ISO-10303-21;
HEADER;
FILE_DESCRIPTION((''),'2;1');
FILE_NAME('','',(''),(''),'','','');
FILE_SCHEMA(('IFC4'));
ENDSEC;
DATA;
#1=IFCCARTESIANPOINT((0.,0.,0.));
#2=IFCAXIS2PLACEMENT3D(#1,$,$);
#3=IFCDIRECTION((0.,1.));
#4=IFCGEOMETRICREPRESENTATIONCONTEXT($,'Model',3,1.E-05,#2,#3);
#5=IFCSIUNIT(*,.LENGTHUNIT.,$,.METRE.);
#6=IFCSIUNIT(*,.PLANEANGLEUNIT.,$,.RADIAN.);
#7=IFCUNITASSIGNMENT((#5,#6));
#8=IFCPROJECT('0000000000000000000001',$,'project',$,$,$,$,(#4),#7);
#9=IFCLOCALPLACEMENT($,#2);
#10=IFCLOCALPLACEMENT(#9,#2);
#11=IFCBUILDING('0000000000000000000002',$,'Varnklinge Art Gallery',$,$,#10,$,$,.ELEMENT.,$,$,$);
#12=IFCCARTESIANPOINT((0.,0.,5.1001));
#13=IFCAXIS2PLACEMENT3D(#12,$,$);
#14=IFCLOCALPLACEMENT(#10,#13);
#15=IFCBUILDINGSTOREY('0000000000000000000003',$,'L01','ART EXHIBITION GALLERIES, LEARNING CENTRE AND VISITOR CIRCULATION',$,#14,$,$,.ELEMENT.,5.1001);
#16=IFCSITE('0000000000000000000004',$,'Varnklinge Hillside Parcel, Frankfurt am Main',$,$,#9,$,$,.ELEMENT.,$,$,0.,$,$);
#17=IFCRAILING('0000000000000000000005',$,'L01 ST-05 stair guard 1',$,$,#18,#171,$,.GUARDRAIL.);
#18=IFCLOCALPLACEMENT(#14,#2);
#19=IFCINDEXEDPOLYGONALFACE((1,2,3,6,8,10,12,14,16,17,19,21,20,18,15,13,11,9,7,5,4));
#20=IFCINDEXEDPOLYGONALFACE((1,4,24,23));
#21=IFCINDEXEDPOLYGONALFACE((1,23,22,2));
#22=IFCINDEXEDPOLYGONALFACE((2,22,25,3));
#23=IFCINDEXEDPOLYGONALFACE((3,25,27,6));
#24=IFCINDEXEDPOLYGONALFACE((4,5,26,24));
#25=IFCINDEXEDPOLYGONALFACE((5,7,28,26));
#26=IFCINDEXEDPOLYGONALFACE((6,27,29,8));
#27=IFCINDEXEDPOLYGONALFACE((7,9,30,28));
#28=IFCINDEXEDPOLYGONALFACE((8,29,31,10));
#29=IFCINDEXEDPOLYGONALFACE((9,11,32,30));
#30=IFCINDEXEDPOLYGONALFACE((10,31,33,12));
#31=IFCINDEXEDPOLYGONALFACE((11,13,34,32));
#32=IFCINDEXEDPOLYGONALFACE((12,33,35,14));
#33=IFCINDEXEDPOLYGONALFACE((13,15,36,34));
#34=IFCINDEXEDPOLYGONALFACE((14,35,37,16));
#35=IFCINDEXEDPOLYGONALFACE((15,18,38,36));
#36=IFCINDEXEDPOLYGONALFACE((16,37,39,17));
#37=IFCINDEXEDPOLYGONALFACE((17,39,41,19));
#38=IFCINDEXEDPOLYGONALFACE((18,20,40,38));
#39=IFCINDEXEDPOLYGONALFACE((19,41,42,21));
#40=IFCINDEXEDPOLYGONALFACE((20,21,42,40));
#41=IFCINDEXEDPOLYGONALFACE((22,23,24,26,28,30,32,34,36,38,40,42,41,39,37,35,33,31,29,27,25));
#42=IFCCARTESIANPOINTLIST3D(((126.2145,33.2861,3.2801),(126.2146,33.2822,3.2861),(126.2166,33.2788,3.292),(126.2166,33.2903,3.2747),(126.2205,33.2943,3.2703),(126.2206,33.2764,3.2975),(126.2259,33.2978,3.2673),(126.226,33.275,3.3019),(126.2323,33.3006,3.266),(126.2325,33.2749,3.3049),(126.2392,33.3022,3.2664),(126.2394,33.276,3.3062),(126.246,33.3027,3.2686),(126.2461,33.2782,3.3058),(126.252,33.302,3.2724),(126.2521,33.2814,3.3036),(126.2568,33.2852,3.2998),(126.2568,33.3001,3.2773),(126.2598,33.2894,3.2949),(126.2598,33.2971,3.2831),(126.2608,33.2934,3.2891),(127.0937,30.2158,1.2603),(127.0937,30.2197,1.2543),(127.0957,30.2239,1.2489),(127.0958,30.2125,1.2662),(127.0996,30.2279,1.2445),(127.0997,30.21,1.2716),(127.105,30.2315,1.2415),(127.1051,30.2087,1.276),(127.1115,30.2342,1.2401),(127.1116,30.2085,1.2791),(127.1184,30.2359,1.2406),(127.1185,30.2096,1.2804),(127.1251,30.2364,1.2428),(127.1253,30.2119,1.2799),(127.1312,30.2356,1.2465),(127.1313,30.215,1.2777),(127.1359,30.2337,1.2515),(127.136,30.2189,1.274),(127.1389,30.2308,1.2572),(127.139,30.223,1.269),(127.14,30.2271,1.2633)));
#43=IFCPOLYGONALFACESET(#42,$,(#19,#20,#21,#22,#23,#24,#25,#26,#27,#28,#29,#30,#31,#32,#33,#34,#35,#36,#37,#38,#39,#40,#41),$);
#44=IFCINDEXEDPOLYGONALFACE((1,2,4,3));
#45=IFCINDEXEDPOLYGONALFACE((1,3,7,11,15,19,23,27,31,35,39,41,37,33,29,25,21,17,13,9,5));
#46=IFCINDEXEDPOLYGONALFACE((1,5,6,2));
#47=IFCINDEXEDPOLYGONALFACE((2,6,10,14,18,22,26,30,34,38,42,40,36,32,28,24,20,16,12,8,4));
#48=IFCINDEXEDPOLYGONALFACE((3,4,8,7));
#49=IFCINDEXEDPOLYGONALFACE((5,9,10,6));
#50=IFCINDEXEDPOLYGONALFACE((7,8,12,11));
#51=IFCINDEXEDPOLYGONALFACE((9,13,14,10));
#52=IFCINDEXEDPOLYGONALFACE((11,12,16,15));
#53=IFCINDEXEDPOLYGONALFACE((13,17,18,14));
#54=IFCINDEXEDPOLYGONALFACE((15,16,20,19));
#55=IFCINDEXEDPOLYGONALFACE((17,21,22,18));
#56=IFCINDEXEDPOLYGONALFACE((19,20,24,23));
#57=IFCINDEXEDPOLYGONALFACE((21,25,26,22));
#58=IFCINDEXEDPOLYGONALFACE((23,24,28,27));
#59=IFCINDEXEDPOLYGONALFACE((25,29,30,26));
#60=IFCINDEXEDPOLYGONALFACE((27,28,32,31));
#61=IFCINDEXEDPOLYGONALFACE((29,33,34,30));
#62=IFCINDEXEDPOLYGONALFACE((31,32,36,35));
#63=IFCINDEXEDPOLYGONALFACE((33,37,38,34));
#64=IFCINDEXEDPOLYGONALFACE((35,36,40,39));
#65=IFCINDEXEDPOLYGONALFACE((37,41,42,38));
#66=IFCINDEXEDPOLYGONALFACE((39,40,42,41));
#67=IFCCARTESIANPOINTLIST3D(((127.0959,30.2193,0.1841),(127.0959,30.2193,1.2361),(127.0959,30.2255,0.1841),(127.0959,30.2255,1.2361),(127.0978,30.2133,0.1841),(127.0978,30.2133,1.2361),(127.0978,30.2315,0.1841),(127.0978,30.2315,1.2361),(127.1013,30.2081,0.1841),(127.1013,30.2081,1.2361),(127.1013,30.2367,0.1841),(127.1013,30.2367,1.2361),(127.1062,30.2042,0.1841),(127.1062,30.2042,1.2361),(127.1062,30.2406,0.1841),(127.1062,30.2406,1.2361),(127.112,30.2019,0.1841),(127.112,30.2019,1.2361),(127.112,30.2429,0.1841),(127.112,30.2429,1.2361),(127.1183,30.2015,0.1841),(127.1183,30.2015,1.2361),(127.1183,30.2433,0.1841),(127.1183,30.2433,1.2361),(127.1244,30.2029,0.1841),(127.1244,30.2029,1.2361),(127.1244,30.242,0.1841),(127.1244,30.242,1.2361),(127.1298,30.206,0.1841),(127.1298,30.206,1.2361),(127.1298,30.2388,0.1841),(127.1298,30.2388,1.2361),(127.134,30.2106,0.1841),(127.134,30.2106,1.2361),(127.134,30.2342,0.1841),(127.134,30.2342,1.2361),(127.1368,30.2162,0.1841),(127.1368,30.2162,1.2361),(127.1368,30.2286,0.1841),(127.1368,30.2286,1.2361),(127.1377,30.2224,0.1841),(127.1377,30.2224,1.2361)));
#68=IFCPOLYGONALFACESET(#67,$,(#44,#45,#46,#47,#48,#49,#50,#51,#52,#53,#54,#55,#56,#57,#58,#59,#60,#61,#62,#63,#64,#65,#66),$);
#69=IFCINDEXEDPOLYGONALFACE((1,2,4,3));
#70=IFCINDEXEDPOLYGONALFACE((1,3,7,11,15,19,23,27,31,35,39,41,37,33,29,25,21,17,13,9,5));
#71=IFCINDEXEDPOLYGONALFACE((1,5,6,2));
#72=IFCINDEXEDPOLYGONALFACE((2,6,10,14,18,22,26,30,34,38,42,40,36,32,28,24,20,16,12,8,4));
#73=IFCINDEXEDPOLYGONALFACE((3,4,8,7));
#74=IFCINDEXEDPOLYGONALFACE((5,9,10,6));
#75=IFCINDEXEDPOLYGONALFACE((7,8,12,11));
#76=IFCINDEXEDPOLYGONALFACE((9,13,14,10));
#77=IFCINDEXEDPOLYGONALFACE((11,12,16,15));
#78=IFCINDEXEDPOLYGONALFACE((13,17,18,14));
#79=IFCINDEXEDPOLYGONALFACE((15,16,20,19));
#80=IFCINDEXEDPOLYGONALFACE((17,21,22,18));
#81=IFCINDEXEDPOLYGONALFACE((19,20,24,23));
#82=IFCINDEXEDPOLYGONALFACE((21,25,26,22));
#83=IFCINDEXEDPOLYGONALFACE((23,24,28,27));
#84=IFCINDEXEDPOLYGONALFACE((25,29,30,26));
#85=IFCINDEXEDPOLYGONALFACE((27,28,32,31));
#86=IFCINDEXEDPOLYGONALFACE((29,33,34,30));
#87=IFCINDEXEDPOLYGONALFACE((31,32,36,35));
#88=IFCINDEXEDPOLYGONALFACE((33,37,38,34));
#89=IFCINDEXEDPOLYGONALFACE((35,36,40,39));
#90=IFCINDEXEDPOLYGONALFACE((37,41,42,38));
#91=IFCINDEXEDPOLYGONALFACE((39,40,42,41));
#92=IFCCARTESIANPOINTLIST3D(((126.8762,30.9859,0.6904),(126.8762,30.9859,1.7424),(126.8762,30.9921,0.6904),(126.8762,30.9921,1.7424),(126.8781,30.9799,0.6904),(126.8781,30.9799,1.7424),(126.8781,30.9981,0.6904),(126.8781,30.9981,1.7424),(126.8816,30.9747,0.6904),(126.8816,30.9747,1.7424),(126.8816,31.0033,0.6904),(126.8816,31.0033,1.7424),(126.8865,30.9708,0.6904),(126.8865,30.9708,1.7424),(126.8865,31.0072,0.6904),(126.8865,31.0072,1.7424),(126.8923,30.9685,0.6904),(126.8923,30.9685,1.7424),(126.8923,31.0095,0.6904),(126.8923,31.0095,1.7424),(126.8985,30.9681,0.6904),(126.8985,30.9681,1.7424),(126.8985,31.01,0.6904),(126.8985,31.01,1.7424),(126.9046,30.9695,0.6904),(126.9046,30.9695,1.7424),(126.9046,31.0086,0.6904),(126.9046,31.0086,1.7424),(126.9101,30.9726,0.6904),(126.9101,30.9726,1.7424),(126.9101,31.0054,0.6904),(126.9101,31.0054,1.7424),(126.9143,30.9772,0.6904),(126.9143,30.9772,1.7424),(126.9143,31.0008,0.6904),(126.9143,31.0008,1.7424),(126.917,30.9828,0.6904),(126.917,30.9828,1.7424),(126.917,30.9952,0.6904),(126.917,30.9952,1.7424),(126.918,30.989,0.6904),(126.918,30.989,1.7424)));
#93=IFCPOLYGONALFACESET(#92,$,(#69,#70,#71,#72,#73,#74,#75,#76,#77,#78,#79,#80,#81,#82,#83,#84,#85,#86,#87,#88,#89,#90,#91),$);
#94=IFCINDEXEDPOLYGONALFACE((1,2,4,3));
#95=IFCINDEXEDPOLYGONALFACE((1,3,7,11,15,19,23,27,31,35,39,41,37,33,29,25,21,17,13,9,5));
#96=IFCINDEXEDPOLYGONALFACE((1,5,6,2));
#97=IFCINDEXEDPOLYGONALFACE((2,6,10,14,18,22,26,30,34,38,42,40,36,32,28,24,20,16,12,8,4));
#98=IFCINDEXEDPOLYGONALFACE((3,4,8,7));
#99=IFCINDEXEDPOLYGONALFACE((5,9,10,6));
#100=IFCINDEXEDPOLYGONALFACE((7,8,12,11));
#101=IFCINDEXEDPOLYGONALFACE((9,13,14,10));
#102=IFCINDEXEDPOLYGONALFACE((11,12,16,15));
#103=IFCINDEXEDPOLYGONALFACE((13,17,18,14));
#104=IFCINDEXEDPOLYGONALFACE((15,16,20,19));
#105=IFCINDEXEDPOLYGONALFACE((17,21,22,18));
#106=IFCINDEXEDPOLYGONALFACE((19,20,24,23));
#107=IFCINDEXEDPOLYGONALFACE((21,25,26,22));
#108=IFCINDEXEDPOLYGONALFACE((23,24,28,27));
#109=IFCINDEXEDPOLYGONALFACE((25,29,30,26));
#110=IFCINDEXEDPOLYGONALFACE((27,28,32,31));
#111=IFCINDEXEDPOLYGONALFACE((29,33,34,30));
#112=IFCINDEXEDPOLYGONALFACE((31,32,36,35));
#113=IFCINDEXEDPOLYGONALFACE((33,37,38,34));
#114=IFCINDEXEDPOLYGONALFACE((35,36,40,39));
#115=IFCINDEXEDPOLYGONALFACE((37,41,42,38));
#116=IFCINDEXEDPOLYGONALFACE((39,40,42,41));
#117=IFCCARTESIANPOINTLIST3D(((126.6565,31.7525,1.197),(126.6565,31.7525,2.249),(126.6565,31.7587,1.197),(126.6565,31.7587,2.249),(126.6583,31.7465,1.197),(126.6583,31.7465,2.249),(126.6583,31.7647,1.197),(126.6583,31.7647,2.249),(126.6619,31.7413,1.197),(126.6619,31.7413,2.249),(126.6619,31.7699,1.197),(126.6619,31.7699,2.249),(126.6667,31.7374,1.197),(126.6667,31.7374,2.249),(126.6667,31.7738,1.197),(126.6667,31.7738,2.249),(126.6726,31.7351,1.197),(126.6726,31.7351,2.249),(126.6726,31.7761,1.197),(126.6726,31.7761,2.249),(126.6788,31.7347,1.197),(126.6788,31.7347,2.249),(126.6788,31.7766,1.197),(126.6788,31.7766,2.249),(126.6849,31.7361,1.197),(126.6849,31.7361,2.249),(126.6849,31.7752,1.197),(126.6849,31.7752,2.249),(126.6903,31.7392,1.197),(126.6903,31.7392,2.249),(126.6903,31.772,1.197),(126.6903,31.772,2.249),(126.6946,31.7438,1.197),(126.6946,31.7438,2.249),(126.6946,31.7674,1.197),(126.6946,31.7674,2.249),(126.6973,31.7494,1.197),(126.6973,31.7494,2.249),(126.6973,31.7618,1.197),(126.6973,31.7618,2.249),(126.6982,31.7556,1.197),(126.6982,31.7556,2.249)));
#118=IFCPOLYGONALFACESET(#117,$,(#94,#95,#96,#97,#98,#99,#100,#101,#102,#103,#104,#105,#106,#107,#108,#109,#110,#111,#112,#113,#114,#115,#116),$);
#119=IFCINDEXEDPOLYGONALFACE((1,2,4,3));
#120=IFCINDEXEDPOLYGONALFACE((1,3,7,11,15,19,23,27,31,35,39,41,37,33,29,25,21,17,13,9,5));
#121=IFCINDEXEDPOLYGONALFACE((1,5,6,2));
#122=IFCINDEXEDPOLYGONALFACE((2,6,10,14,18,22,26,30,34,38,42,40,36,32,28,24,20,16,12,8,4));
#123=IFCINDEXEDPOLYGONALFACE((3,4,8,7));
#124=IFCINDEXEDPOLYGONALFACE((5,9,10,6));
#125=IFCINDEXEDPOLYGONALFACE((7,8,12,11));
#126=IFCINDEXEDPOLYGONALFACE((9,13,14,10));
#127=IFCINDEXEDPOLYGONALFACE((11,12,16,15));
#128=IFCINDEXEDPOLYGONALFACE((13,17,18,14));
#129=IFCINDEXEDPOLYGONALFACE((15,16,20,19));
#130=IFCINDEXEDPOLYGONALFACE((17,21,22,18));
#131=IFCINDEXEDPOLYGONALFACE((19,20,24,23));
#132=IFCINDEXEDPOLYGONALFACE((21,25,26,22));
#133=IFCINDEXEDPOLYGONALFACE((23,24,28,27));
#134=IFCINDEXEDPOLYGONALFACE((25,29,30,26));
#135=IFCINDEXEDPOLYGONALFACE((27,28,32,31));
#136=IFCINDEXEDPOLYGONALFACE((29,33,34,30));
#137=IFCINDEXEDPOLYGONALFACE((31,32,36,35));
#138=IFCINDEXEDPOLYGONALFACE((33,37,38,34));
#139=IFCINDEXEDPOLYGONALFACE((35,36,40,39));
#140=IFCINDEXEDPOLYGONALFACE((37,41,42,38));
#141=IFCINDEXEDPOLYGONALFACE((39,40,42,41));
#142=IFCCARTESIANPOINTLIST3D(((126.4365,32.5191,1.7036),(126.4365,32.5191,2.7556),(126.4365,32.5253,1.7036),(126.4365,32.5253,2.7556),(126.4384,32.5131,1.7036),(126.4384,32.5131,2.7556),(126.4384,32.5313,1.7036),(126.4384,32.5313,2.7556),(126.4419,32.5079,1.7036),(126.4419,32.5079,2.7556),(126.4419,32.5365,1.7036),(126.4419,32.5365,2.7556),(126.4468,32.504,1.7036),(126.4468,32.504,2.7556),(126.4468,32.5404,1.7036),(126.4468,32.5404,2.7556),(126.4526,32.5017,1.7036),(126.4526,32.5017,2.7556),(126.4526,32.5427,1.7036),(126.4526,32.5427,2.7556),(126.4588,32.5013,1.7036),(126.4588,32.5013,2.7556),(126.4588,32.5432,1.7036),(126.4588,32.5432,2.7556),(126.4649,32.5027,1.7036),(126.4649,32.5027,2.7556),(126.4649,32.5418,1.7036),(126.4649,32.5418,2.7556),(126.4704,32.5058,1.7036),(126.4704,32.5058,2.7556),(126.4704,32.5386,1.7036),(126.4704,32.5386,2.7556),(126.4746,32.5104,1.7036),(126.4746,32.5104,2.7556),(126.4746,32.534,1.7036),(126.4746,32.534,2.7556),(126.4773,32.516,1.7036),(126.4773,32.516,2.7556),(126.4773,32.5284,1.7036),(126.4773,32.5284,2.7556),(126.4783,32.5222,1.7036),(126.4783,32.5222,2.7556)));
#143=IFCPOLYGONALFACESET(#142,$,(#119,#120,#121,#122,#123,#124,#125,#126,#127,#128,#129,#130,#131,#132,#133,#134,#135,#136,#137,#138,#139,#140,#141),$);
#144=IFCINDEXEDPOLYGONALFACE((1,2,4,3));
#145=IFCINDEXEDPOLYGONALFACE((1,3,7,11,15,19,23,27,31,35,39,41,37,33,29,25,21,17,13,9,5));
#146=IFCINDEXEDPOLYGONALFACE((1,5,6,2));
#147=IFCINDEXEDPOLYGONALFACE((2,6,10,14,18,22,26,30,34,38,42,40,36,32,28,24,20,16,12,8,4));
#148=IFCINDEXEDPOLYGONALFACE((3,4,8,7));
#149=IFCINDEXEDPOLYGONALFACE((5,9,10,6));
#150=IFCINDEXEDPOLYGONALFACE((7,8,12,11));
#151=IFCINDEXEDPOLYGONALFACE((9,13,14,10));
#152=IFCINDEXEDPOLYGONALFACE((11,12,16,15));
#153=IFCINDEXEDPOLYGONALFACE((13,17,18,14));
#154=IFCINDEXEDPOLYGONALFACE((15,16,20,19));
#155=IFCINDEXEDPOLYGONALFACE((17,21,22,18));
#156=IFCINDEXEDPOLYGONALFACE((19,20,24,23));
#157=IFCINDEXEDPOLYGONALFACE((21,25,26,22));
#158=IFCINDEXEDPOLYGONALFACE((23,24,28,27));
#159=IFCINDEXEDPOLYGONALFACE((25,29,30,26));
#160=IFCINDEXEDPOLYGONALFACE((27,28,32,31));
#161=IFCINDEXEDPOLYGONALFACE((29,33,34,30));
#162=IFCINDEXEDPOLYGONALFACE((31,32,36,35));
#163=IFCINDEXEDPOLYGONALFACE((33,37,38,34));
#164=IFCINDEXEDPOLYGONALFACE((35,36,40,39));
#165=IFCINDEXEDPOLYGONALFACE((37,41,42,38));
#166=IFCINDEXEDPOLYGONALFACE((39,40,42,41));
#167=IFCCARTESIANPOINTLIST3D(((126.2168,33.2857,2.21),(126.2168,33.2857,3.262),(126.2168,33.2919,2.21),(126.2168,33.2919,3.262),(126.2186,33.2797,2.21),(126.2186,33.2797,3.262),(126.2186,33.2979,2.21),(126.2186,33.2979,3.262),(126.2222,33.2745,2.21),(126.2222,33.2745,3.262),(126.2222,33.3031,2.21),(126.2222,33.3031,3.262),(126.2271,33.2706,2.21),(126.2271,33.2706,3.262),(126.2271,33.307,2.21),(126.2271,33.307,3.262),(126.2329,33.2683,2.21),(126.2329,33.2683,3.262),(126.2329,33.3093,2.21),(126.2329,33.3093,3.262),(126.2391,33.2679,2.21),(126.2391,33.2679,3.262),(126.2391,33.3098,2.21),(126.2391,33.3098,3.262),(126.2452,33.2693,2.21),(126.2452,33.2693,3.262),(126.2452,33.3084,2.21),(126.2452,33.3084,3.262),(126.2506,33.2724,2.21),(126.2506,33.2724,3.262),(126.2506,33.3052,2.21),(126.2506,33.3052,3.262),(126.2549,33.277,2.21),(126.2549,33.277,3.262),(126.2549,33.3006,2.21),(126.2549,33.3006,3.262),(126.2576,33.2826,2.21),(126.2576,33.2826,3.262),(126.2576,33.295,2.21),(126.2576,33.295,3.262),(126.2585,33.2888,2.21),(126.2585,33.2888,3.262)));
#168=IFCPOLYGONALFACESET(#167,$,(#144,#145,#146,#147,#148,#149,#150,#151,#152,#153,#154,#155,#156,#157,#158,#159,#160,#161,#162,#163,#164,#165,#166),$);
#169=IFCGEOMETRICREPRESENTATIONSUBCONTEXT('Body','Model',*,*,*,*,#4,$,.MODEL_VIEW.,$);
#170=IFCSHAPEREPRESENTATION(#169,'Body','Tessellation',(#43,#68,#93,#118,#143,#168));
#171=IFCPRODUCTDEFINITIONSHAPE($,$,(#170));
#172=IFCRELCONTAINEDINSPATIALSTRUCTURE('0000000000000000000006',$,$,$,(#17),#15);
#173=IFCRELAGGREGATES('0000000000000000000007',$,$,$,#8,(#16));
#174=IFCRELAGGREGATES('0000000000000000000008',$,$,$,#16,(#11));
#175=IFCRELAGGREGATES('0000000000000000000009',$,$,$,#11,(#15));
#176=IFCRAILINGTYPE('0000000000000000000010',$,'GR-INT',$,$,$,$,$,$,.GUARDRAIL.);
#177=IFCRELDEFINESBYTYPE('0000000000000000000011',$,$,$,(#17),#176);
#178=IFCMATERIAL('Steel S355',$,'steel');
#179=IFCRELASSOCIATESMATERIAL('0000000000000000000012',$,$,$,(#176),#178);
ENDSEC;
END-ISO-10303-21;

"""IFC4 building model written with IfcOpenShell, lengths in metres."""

from ifc_helpers import new_model, si_unit, direction, frame, origin, origin_2d, place, context, subcontext, project, spatial, circle, extrude, material, type_object, element, save


model = new_model("IFC4")

# Units and contexts
model_context = context("Model", 3, precision=1e-05, world=origin(), true_north=direction((0.0, 1.0)))
body_context = subcontext(model_context, "Body", "Model", "MODEL_VIEW")
ifc_project = project(units=[si_unit("LENGTHUNIT", "METRE"), si_unit("PLANEANGLEUNIT", "RADIAN")], contexts=[model_context])

# Site, building, storey
site_placement = place(None, origin())
site = spatial("IfcSite", under=ifc_project, at=site_placement, Name="Varnklinge Hillside Parcel, Frankfurt am Main", CompositionType="ELEMENT", RefElevation=0.0)
building_placement = place(site_placement, origin())
building = spatial("IfcBuilding", under=site, at=building_placement, Name="Varnklinge Art Gallery", CompositionType="ELEMENT")
storey_placement = place(building_placement, frame((0.0, 0.0, 5.1001)))
storey = spatial("IfcBuildingStorey", under=building, at=storey_placement, Name="L01", Description="ART EXHIBITION GALLERIES, LEARNING CENTRE AND VISITOR CIRCULATION", CompositionType="ELEMENT", Elevation=5.1001)

# Railing
ifc_material_1 = material(Name="Steel S355", Category="steel")
railing_type_1 = type_object("IfcRailingType", Name="GR-INT", PredefinedType="GUARDRAIL", material=ifc_material_1)
railing_1_placement = place(storey_placement, frame((127.1167, 30.2224, 0.1841)))
element("IfcRailing", 1, at=railing_1_placement, inside=storey, type_object=railing_type_1, Name="L01 ST-05 stair guard 1", PredefinedType="GUARDRAIL", context=body_context, shape_type="SweptSolid", body=[
    extrude(circle(Radius=0.0239, at=origin_2d()), frame((0.0, 0.0, 1.0762), z_axis=(-0.232648, 0.811459, 0.536106), x_axis=(-0.961272, -0.2756, 0.0)), (0.0, 0.0, 1.0), 3.7788),
    extrude(circle(Radius=0.021, at=origin_2d()), origin(), (0.0, 0.0, 1.0), 1.052),
    extrude(circle(Radius=0.021, at=origin_2d()), frame((-0.2197, 0.7666, 0.5063)), (0.0, 0.0, 1.0), 1.052),
    extrude(circle(Radius=0.021, at=origin_2d()), frame((-0.4395, 1.5332, 1.0129)), (0.0, 0.0, 1.0), 1.052),
    extrude(circle(Radius=0.021, at=origin_2d()), frame((-0.6594, 2.2998, 1.5195)), (0.0, 0.0, 1.0), 1.052),
    extrude(circle(Radius=0.021, at=origin_2d()), frame((-0.8792, 3.0664, 2.0259)), (0.0, 0.0, 1.0), 1.052),
])

save(model, "model.ifc")
